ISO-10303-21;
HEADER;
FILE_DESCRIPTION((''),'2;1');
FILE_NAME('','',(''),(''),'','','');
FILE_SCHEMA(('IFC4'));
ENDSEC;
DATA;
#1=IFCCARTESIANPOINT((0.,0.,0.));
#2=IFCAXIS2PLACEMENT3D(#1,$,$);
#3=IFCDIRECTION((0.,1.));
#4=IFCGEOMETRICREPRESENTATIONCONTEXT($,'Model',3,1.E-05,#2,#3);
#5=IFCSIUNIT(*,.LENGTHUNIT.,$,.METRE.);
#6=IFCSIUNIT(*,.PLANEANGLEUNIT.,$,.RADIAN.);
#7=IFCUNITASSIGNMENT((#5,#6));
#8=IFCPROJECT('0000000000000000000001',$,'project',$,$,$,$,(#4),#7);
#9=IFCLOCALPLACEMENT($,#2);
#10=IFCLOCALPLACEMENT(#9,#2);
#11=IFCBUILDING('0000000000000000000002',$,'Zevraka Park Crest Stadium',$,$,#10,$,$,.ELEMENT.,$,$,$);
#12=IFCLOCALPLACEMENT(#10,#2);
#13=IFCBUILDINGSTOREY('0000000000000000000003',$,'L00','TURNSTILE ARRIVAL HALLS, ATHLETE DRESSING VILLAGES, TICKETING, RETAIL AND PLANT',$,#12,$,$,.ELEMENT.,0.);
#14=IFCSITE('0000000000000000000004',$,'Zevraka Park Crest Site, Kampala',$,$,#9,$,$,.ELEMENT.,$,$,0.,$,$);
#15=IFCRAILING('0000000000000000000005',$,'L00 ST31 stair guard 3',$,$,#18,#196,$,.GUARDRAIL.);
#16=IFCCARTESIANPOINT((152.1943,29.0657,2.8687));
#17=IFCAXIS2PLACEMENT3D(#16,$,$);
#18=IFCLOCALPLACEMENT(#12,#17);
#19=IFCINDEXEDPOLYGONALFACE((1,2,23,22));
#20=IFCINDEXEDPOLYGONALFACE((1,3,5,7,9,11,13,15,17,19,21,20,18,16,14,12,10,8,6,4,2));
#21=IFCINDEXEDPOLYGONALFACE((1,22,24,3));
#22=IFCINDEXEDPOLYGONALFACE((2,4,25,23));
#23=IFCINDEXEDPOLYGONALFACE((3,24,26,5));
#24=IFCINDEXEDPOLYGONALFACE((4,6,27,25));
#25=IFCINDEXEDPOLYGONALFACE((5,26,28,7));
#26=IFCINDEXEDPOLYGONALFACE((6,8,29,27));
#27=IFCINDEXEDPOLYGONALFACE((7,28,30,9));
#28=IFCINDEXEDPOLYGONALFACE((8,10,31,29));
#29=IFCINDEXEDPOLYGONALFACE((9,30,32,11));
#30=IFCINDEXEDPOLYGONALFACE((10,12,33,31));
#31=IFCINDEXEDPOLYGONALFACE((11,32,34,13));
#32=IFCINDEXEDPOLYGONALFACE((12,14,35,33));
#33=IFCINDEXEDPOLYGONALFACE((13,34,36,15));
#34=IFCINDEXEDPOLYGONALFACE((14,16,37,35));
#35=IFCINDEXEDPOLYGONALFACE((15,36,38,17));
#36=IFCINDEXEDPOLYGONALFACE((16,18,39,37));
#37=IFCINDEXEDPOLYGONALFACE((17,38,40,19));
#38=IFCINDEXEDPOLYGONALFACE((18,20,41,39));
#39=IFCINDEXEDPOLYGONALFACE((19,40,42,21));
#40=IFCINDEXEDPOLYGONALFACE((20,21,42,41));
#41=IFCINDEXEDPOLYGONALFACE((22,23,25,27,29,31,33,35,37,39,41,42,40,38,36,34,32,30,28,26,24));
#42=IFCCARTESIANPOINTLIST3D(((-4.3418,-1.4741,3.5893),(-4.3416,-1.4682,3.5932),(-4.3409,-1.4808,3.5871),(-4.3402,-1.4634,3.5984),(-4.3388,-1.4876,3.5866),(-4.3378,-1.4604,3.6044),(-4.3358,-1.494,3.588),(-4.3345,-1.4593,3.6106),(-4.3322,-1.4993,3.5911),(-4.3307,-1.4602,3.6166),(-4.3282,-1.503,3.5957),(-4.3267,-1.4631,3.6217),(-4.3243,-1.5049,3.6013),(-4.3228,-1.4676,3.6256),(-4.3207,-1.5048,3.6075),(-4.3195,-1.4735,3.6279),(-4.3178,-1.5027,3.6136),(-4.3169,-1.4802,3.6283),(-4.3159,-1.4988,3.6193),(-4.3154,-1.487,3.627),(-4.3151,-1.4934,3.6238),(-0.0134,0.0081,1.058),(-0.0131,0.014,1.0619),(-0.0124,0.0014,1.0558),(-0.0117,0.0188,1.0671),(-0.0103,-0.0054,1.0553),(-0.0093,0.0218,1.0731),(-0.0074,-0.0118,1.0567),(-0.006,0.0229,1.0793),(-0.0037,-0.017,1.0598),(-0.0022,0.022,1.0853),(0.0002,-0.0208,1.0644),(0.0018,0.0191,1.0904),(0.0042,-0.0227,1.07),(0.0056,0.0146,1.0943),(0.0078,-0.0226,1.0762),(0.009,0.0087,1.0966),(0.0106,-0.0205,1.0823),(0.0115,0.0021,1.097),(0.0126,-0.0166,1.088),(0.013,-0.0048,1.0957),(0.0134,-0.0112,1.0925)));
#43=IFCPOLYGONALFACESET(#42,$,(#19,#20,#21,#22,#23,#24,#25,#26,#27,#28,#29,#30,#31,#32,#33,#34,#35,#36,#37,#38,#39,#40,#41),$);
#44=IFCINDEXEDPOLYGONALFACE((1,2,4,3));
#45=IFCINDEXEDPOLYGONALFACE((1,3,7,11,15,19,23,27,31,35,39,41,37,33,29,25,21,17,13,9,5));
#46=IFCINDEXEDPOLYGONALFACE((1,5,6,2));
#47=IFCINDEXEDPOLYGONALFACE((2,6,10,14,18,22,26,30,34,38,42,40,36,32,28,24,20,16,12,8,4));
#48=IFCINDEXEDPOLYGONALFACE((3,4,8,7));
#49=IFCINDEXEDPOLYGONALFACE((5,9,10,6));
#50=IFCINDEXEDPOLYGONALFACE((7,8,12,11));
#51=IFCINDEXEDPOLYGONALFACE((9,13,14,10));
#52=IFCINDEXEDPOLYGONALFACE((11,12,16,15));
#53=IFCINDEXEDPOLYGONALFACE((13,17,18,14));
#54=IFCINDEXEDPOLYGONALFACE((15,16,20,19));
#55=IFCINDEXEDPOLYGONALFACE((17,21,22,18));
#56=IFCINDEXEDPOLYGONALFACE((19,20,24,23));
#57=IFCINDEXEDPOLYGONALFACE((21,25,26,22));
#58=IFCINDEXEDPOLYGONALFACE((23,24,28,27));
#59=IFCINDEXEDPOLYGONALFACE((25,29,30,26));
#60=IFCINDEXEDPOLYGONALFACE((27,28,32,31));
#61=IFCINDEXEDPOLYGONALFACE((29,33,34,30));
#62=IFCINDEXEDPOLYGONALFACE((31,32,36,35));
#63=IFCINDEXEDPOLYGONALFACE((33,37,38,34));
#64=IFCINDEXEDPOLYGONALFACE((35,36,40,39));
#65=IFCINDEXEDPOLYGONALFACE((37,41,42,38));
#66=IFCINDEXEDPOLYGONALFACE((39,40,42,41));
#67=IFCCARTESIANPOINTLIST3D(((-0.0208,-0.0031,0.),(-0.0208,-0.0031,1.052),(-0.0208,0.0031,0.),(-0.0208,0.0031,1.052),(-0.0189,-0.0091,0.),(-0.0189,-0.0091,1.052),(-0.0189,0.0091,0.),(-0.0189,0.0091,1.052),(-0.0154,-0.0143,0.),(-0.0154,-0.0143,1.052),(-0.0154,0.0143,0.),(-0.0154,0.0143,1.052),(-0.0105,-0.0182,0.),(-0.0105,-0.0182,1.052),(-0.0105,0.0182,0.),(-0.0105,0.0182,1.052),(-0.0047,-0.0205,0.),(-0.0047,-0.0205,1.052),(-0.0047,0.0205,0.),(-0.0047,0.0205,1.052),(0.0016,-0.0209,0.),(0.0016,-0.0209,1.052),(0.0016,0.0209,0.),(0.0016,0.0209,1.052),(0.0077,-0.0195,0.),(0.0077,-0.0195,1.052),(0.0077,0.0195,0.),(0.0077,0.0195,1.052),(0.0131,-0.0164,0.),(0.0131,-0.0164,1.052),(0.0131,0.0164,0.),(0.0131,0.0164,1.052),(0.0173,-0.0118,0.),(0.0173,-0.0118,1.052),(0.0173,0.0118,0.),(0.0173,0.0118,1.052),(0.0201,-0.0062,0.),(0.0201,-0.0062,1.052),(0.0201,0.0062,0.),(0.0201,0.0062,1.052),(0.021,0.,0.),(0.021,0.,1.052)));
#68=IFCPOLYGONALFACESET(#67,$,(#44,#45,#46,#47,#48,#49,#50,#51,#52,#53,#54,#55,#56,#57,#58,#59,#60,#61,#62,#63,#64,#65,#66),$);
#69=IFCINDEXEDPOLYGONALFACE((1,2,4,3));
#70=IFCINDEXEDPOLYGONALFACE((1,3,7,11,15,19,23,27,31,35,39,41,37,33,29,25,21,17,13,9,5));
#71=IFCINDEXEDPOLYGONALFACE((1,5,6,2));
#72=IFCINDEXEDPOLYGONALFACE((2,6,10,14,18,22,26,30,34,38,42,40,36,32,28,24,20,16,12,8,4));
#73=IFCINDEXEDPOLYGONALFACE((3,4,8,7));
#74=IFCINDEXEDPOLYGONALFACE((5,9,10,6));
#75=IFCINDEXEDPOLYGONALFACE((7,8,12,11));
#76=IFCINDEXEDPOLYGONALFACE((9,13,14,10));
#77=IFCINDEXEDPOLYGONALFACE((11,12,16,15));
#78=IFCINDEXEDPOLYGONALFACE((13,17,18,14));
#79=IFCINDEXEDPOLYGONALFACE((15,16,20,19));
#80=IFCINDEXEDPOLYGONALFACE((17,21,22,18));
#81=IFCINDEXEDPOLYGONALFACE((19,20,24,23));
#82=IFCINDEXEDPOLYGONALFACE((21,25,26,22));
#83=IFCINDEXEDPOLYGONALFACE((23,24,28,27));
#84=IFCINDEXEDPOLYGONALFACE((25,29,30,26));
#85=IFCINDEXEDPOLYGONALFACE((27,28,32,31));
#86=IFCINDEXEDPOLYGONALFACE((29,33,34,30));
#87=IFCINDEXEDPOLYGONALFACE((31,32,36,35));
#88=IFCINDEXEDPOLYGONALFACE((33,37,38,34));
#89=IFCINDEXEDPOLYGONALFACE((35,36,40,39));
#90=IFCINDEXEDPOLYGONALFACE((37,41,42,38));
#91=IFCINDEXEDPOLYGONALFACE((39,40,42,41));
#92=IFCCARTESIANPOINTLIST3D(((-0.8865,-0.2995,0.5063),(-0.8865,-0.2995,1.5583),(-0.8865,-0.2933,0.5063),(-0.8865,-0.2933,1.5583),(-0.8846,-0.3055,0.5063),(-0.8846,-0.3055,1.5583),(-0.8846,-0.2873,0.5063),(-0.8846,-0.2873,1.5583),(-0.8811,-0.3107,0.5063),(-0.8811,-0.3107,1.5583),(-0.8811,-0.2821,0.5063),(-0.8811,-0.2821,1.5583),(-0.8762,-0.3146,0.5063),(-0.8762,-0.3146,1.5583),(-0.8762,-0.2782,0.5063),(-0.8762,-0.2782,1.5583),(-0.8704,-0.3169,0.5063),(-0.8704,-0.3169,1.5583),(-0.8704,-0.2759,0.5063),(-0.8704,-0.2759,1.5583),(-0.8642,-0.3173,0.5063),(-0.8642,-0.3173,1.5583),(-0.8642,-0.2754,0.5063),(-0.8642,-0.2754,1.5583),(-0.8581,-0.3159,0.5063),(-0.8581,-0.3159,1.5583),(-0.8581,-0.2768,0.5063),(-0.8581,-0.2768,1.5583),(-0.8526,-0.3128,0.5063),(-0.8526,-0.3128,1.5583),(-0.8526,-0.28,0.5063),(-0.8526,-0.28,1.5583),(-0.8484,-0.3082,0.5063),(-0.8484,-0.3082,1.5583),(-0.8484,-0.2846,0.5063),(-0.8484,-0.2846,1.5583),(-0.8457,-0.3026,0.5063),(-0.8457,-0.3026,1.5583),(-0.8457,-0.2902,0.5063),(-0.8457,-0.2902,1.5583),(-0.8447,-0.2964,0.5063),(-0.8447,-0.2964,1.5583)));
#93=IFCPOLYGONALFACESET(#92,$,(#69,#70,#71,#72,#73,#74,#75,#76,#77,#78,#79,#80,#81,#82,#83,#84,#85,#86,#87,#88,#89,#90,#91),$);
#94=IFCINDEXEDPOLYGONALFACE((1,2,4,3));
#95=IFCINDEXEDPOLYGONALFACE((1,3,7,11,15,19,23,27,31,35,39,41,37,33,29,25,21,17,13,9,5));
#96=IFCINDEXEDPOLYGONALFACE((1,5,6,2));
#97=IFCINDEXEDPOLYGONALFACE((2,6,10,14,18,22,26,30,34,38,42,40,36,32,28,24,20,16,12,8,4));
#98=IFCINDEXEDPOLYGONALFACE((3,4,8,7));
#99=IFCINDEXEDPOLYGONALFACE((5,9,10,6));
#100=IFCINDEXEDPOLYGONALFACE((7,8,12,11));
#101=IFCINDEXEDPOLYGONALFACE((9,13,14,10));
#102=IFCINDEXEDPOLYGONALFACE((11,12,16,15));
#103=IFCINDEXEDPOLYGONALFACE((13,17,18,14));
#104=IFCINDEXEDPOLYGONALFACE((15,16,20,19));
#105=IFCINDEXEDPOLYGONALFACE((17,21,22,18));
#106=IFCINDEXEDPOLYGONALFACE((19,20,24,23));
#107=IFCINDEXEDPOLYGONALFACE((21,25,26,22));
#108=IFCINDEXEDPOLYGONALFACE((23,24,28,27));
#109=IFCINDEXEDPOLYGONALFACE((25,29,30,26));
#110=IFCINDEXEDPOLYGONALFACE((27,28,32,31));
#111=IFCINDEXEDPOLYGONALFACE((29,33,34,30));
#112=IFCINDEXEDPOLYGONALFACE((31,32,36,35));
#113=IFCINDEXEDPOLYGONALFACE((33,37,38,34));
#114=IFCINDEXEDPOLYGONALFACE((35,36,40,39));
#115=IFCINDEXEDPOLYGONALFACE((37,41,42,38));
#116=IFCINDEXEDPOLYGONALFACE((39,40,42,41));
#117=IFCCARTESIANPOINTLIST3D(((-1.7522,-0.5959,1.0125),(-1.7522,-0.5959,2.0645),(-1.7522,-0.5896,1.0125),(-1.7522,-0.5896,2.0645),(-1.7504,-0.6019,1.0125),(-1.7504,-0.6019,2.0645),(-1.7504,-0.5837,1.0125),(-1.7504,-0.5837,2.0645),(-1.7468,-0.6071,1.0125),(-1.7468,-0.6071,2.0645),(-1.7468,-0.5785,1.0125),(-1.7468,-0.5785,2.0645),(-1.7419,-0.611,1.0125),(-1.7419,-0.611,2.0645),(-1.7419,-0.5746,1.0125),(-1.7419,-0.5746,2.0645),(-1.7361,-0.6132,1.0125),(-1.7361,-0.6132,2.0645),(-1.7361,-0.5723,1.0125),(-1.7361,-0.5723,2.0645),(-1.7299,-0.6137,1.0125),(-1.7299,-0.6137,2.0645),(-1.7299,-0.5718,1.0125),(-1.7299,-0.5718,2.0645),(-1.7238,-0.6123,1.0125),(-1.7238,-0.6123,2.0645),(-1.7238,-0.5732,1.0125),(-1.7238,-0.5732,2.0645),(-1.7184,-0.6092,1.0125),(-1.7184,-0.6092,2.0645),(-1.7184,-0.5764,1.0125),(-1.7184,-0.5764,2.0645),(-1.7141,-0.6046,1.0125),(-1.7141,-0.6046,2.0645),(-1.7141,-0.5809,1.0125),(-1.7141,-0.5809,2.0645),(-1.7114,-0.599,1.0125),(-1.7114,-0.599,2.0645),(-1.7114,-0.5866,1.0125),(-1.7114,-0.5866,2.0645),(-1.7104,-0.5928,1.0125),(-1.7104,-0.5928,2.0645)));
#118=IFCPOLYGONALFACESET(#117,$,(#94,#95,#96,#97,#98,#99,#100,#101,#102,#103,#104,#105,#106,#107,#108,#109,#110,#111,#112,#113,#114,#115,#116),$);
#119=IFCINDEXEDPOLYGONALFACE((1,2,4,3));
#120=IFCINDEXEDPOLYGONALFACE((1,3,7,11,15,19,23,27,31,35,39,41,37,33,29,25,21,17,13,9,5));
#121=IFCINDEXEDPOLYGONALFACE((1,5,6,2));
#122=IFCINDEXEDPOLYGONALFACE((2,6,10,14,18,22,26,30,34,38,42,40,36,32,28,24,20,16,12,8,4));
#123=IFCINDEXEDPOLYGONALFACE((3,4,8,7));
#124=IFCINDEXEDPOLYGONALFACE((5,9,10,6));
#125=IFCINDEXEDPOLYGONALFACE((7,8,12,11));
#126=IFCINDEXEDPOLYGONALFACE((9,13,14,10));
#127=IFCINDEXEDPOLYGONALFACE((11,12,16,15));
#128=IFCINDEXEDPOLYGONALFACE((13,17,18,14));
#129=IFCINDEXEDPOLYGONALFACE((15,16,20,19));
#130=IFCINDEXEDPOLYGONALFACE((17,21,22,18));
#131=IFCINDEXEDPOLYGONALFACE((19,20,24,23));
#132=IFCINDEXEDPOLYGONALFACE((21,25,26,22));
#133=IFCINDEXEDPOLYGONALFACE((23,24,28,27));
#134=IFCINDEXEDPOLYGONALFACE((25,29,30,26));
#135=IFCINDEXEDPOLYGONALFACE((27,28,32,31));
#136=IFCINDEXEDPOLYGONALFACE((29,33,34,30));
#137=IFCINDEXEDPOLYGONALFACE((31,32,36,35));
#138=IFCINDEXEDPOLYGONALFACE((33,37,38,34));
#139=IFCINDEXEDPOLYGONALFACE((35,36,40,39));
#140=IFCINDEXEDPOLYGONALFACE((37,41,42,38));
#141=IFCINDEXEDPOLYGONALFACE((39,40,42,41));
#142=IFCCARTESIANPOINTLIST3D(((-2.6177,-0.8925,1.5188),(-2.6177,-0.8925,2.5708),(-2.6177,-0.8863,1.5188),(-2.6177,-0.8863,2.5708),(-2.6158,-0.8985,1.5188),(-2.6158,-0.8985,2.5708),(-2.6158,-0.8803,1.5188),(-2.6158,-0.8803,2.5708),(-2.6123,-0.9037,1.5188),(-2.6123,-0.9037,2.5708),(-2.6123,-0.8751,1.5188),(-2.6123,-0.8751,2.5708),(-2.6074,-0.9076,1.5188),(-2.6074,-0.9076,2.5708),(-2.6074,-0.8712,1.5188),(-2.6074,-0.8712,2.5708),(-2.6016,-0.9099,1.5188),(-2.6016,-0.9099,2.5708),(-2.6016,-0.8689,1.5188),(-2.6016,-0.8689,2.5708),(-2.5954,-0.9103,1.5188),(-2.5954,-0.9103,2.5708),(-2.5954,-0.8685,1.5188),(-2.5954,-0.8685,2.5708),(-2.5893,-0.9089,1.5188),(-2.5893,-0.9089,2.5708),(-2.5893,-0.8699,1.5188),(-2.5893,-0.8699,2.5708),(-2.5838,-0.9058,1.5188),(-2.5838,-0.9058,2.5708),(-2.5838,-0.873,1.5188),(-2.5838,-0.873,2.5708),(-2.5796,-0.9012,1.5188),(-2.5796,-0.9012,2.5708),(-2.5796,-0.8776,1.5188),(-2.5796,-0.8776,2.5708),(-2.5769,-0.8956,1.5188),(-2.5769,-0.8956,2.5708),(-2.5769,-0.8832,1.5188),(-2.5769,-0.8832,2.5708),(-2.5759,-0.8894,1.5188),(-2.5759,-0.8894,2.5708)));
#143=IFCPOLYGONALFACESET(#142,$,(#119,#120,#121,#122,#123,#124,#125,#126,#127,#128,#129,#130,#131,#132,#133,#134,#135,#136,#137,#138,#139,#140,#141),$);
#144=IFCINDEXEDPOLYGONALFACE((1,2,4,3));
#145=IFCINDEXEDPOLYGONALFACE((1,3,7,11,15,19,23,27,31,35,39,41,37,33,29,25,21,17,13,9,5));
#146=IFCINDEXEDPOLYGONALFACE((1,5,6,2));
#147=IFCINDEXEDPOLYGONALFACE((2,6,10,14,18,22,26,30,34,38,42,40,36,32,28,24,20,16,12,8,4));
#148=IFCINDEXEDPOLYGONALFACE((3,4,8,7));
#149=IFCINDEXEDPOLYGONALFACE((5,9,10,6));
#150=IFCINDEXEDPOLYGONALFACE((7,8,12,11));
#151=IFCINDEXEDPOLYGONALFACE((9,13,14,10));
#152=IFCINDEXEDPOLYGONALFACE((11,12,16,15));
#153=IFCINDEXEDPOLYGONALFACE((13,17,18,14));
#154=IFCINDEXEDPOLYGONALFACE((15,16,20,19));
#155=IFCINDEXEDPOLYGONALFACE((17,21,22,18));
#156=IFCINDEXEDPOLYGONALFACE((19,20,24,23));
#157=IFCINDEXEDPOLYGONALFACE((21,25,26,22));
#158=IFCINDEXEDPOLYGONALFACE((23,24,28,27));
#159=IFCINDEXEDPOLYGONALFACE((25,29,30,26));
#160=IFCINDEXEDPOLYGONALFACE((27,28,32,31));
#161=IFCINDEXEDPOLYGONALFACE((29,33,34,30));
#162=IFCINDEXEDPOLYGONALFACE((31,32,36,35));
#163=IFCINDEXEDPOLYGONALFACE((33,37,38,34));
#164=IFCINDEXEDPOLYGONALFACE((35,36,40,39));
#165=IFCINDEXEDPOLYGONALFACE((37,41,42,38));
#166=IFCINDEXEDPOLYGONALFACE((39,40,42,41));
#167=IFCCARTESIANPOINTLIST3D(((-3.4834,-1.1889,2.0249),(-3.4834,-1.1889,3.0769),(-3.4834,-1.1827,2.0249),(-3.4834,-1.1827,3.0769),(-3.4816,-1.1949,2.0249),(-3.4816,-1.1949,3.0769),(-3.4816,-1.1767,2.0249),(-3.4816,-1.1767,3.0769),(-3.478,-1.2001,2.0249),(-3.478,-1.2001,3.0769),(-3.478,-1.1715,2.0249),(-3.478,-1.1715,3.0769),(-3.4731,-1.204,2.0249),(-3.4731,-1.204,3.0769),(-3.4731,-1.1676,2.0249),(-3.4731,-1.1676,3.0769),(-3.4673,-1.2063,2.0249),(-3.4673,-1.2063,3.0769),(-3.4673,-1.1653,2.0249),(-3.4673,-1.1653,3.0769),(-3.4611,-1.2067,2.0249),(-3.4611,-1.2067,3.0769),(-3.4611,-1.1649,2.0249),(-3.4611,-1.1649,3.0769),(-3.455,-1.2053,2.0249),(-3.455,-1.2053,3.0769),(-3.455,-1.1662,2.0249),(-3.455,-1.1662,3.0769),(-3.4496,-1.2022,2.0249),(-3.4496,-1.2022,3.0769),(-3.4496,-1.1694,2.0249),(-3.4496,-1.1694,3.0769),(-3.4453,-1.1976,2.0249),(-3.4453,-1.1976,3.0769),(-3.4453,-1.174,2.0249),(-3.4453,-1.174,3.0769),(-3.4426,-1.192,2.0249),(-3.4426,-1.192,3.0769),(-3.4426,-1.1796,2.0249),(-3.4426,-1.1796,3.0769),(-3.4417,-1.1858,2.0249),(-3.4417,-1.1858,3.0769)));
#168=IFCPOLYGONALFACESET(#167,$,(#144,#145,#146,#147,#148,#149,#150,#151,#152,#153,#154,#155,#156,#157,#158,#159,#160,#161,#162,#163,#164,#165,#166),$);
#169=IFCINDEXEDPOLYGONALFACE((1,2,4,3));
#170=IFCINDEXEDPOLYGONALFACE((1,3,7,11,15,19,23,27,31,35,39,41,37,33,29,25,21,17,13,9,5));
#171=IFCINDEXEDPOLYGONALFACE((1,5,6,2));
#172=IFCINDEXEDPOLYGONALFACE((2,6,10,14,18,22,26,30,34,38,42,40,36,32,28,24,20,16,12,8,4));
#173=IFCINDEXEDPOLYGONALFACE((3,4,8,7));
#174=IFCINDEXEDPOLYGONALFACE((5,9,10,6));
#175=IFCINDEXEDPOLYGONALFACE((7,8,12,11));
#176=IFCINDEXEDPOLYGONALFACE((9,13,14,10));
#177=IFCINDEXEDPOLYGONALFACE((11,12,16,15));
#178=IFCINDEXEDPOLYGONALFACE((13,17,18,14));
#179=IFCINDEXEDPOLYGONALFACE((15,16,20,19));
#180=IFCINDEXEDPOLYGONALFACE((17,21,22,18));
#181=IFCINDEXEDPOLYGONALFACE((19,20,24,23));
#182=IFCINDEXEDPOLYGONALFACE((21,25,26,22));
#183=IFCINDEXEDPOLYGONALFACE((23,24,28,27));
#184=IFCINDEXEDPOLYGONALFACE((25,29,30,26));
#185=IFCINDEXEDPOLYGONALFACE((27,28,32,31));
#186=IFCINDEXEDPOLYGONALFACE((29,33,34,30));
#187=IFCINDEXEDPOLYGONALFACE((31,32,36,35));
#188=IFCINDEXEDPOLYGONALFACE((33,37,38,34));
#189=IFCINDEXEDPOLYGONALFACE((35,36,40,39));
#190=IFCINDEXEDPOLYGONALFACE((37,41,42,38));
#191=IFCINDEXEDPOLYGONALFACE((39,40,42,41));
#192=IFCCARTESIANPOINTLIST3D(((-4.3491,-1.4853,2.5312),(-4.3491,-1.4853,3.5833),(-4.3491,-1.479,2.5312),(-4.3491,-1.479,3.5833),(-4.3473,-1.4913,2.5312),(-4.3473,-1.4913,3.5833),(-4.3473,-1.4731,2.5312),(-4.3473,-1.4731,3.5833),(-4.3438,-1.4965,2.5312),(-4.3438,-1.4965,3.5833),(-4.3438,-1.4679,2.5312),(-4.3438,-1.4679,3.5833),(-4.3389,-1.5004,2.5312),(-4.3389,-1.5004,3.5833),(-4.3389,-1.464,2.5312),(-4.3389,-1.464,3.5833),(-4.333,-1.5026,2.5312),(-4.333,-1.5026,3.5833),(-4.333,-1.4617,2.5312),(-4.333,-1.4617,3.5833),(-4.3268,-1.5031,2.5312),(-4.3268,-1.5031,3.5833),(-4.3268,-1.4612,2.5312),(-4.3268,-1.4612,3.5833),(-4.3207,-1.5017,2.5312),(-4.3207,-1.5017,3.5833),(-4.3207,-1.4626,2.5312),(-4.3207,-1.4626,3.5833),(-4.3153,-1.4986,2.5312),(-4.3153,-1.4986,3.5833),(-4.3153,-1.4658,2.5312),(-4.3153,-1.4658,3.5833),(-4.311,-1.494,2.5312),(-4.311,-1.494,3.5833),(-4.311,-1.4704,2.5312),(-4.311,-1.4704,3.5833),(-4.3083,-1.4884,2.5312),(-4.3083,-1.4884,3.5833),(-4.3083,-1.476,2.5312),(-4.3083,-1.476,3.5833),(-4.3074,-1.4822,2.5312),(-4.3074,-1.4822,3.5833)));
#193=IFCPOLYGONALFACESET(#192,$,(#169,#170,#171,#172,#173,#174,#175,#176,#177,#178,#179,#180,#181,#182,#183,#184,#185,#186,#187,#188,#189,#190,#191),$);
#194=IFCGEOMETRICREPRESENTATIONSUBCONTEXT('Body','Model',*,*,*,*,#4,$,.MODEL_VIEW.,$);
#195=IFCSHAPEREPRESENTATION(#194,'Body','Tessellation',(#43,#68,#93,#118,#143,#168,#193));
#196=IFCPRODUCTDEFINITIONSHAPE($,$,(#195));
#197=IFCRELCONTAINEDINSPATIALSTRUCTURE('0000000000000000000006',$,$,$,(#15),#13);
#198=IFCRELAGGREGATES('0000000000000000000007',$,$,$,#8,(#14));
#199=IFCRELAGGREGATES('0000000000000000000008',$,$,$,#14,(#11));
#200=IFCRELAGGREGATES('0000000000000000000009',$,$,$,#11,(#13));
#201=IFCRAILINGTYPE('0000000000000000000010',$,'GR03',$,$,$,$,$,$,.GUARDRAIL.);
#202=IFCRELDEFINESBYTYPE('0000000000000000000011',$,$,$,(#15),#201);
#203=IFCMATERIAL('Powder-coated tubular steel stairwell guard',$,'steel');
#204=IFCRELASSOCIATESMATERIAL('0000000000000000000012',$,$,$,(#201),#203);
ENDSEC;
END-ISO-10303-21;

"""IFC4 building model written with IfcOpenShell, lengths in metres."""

from ifc_helpers import new_model, si_unit, direction, frame, origin, origin_2d, place, context, subcontext, project, spatial, circle, extrude, material, type_object, element, save


model = new_model("IFC4")

# Units and contexts
model_context = context("Model", 3, precision=1e-05, world=origin(), true_north=direction((0.0, 1.0)))
body_context = subcontext(model_context, "Body", "Model", "MODEL_VIEW")
ifc_project = project(units=[si_unit("LENGTHUNIT", "METRE"), si_unit("PLANEANGLEUNIT", "RADIAN")], contexts=[model_context])

# Site, building, storey
site_placement = place(None, origin())
site = spatial("IfcSite", under=ifc_project, at=site_placement, Name="Zevraka Park Crest Site, Kampala", CompositionType="ELEMENT", RefElevation=0.0)
building_placement = place(site_placement, origin())
building = spatial("IfcBuilding", under=site, at=building_placement, Name="Zevraka Park Crest Stadium", CompositionType="ELEMENT")
storey_placement = place(building_placement, origin())
storey = spatial("IfcBuildingStorey", under=building, at=storey_placement, Name="L00", Description="TURNSTILE ARRIVAL HALLS, ATHLETE DRESSING VILLAGES, TICKETING, RETAIL AND PLANT", CompositionType="ELEMENT", Elevation=0.0)

# Railing
ifc_material_1 = material(Name="Powder-coated tubular steel stairwell guard", Category="steel")
railing_type_1 = type_object("IfcRailingType", Name="GR03", PredefinedType="GUARDRAIL", material=ifc_material_1)
railing_1_placement = place(storey_placement, frame((152.1943, 29.0657, 2.8687)))
element("IfcRailing", 1, at=railing_1_placement, inside=storey, type_object=railing_type_1, Name="L00 ST31 stair guard 3", PredefinedType="GUARDRAIL", context=body_context, shape_type="SweptSolid", body=[
    extrude(circle(Radius=0.0239, at=origin_2d()), frame((0.0, 0.0, 1.0762), z_axis=(-0.827817, -0.283472, 0.484111), x_axis=(0.323965, -0.946069, 0.0)), (0.0, 0.0, 1.0), 5.2288),
    extrude(circle(Radius=0.021, at=origin_2d()), origin(), (0.0, 0.0, 1.0), 1.052),
    extrude(circle(Radius=0.021, at=origin_2d()), frame((-0.8657, -0.2964, 0.5063)), (0.0, 0.0, 1.0), 1.052),
    extrude(circle(Radius=0.021, at=origin_2d()), frame((-1.7314, -0.5928, 1.0125)), (0.0, 0.0, 1.0), 1.052),
    extrude(circle(Radius=0.021, at=origin_2d()), frame((-2.5969, -0.8894, 1.5188)), (0.0, 0.0, 1.0), 1.052),
    extrude(circle(Radius=0.021, at=origin_2d()), frame((-3.4626, -1.1858, 2.0249)), (0.0, 0.0, 1.0), 1.052),
    extrude(circle(Radius=0.021, at=origin_2d()), frame((-4.3284, -1.4822, 2.5312)), (0.0, 0.0, 1.0), 1.052),
])

save(model, "model.ifc")
